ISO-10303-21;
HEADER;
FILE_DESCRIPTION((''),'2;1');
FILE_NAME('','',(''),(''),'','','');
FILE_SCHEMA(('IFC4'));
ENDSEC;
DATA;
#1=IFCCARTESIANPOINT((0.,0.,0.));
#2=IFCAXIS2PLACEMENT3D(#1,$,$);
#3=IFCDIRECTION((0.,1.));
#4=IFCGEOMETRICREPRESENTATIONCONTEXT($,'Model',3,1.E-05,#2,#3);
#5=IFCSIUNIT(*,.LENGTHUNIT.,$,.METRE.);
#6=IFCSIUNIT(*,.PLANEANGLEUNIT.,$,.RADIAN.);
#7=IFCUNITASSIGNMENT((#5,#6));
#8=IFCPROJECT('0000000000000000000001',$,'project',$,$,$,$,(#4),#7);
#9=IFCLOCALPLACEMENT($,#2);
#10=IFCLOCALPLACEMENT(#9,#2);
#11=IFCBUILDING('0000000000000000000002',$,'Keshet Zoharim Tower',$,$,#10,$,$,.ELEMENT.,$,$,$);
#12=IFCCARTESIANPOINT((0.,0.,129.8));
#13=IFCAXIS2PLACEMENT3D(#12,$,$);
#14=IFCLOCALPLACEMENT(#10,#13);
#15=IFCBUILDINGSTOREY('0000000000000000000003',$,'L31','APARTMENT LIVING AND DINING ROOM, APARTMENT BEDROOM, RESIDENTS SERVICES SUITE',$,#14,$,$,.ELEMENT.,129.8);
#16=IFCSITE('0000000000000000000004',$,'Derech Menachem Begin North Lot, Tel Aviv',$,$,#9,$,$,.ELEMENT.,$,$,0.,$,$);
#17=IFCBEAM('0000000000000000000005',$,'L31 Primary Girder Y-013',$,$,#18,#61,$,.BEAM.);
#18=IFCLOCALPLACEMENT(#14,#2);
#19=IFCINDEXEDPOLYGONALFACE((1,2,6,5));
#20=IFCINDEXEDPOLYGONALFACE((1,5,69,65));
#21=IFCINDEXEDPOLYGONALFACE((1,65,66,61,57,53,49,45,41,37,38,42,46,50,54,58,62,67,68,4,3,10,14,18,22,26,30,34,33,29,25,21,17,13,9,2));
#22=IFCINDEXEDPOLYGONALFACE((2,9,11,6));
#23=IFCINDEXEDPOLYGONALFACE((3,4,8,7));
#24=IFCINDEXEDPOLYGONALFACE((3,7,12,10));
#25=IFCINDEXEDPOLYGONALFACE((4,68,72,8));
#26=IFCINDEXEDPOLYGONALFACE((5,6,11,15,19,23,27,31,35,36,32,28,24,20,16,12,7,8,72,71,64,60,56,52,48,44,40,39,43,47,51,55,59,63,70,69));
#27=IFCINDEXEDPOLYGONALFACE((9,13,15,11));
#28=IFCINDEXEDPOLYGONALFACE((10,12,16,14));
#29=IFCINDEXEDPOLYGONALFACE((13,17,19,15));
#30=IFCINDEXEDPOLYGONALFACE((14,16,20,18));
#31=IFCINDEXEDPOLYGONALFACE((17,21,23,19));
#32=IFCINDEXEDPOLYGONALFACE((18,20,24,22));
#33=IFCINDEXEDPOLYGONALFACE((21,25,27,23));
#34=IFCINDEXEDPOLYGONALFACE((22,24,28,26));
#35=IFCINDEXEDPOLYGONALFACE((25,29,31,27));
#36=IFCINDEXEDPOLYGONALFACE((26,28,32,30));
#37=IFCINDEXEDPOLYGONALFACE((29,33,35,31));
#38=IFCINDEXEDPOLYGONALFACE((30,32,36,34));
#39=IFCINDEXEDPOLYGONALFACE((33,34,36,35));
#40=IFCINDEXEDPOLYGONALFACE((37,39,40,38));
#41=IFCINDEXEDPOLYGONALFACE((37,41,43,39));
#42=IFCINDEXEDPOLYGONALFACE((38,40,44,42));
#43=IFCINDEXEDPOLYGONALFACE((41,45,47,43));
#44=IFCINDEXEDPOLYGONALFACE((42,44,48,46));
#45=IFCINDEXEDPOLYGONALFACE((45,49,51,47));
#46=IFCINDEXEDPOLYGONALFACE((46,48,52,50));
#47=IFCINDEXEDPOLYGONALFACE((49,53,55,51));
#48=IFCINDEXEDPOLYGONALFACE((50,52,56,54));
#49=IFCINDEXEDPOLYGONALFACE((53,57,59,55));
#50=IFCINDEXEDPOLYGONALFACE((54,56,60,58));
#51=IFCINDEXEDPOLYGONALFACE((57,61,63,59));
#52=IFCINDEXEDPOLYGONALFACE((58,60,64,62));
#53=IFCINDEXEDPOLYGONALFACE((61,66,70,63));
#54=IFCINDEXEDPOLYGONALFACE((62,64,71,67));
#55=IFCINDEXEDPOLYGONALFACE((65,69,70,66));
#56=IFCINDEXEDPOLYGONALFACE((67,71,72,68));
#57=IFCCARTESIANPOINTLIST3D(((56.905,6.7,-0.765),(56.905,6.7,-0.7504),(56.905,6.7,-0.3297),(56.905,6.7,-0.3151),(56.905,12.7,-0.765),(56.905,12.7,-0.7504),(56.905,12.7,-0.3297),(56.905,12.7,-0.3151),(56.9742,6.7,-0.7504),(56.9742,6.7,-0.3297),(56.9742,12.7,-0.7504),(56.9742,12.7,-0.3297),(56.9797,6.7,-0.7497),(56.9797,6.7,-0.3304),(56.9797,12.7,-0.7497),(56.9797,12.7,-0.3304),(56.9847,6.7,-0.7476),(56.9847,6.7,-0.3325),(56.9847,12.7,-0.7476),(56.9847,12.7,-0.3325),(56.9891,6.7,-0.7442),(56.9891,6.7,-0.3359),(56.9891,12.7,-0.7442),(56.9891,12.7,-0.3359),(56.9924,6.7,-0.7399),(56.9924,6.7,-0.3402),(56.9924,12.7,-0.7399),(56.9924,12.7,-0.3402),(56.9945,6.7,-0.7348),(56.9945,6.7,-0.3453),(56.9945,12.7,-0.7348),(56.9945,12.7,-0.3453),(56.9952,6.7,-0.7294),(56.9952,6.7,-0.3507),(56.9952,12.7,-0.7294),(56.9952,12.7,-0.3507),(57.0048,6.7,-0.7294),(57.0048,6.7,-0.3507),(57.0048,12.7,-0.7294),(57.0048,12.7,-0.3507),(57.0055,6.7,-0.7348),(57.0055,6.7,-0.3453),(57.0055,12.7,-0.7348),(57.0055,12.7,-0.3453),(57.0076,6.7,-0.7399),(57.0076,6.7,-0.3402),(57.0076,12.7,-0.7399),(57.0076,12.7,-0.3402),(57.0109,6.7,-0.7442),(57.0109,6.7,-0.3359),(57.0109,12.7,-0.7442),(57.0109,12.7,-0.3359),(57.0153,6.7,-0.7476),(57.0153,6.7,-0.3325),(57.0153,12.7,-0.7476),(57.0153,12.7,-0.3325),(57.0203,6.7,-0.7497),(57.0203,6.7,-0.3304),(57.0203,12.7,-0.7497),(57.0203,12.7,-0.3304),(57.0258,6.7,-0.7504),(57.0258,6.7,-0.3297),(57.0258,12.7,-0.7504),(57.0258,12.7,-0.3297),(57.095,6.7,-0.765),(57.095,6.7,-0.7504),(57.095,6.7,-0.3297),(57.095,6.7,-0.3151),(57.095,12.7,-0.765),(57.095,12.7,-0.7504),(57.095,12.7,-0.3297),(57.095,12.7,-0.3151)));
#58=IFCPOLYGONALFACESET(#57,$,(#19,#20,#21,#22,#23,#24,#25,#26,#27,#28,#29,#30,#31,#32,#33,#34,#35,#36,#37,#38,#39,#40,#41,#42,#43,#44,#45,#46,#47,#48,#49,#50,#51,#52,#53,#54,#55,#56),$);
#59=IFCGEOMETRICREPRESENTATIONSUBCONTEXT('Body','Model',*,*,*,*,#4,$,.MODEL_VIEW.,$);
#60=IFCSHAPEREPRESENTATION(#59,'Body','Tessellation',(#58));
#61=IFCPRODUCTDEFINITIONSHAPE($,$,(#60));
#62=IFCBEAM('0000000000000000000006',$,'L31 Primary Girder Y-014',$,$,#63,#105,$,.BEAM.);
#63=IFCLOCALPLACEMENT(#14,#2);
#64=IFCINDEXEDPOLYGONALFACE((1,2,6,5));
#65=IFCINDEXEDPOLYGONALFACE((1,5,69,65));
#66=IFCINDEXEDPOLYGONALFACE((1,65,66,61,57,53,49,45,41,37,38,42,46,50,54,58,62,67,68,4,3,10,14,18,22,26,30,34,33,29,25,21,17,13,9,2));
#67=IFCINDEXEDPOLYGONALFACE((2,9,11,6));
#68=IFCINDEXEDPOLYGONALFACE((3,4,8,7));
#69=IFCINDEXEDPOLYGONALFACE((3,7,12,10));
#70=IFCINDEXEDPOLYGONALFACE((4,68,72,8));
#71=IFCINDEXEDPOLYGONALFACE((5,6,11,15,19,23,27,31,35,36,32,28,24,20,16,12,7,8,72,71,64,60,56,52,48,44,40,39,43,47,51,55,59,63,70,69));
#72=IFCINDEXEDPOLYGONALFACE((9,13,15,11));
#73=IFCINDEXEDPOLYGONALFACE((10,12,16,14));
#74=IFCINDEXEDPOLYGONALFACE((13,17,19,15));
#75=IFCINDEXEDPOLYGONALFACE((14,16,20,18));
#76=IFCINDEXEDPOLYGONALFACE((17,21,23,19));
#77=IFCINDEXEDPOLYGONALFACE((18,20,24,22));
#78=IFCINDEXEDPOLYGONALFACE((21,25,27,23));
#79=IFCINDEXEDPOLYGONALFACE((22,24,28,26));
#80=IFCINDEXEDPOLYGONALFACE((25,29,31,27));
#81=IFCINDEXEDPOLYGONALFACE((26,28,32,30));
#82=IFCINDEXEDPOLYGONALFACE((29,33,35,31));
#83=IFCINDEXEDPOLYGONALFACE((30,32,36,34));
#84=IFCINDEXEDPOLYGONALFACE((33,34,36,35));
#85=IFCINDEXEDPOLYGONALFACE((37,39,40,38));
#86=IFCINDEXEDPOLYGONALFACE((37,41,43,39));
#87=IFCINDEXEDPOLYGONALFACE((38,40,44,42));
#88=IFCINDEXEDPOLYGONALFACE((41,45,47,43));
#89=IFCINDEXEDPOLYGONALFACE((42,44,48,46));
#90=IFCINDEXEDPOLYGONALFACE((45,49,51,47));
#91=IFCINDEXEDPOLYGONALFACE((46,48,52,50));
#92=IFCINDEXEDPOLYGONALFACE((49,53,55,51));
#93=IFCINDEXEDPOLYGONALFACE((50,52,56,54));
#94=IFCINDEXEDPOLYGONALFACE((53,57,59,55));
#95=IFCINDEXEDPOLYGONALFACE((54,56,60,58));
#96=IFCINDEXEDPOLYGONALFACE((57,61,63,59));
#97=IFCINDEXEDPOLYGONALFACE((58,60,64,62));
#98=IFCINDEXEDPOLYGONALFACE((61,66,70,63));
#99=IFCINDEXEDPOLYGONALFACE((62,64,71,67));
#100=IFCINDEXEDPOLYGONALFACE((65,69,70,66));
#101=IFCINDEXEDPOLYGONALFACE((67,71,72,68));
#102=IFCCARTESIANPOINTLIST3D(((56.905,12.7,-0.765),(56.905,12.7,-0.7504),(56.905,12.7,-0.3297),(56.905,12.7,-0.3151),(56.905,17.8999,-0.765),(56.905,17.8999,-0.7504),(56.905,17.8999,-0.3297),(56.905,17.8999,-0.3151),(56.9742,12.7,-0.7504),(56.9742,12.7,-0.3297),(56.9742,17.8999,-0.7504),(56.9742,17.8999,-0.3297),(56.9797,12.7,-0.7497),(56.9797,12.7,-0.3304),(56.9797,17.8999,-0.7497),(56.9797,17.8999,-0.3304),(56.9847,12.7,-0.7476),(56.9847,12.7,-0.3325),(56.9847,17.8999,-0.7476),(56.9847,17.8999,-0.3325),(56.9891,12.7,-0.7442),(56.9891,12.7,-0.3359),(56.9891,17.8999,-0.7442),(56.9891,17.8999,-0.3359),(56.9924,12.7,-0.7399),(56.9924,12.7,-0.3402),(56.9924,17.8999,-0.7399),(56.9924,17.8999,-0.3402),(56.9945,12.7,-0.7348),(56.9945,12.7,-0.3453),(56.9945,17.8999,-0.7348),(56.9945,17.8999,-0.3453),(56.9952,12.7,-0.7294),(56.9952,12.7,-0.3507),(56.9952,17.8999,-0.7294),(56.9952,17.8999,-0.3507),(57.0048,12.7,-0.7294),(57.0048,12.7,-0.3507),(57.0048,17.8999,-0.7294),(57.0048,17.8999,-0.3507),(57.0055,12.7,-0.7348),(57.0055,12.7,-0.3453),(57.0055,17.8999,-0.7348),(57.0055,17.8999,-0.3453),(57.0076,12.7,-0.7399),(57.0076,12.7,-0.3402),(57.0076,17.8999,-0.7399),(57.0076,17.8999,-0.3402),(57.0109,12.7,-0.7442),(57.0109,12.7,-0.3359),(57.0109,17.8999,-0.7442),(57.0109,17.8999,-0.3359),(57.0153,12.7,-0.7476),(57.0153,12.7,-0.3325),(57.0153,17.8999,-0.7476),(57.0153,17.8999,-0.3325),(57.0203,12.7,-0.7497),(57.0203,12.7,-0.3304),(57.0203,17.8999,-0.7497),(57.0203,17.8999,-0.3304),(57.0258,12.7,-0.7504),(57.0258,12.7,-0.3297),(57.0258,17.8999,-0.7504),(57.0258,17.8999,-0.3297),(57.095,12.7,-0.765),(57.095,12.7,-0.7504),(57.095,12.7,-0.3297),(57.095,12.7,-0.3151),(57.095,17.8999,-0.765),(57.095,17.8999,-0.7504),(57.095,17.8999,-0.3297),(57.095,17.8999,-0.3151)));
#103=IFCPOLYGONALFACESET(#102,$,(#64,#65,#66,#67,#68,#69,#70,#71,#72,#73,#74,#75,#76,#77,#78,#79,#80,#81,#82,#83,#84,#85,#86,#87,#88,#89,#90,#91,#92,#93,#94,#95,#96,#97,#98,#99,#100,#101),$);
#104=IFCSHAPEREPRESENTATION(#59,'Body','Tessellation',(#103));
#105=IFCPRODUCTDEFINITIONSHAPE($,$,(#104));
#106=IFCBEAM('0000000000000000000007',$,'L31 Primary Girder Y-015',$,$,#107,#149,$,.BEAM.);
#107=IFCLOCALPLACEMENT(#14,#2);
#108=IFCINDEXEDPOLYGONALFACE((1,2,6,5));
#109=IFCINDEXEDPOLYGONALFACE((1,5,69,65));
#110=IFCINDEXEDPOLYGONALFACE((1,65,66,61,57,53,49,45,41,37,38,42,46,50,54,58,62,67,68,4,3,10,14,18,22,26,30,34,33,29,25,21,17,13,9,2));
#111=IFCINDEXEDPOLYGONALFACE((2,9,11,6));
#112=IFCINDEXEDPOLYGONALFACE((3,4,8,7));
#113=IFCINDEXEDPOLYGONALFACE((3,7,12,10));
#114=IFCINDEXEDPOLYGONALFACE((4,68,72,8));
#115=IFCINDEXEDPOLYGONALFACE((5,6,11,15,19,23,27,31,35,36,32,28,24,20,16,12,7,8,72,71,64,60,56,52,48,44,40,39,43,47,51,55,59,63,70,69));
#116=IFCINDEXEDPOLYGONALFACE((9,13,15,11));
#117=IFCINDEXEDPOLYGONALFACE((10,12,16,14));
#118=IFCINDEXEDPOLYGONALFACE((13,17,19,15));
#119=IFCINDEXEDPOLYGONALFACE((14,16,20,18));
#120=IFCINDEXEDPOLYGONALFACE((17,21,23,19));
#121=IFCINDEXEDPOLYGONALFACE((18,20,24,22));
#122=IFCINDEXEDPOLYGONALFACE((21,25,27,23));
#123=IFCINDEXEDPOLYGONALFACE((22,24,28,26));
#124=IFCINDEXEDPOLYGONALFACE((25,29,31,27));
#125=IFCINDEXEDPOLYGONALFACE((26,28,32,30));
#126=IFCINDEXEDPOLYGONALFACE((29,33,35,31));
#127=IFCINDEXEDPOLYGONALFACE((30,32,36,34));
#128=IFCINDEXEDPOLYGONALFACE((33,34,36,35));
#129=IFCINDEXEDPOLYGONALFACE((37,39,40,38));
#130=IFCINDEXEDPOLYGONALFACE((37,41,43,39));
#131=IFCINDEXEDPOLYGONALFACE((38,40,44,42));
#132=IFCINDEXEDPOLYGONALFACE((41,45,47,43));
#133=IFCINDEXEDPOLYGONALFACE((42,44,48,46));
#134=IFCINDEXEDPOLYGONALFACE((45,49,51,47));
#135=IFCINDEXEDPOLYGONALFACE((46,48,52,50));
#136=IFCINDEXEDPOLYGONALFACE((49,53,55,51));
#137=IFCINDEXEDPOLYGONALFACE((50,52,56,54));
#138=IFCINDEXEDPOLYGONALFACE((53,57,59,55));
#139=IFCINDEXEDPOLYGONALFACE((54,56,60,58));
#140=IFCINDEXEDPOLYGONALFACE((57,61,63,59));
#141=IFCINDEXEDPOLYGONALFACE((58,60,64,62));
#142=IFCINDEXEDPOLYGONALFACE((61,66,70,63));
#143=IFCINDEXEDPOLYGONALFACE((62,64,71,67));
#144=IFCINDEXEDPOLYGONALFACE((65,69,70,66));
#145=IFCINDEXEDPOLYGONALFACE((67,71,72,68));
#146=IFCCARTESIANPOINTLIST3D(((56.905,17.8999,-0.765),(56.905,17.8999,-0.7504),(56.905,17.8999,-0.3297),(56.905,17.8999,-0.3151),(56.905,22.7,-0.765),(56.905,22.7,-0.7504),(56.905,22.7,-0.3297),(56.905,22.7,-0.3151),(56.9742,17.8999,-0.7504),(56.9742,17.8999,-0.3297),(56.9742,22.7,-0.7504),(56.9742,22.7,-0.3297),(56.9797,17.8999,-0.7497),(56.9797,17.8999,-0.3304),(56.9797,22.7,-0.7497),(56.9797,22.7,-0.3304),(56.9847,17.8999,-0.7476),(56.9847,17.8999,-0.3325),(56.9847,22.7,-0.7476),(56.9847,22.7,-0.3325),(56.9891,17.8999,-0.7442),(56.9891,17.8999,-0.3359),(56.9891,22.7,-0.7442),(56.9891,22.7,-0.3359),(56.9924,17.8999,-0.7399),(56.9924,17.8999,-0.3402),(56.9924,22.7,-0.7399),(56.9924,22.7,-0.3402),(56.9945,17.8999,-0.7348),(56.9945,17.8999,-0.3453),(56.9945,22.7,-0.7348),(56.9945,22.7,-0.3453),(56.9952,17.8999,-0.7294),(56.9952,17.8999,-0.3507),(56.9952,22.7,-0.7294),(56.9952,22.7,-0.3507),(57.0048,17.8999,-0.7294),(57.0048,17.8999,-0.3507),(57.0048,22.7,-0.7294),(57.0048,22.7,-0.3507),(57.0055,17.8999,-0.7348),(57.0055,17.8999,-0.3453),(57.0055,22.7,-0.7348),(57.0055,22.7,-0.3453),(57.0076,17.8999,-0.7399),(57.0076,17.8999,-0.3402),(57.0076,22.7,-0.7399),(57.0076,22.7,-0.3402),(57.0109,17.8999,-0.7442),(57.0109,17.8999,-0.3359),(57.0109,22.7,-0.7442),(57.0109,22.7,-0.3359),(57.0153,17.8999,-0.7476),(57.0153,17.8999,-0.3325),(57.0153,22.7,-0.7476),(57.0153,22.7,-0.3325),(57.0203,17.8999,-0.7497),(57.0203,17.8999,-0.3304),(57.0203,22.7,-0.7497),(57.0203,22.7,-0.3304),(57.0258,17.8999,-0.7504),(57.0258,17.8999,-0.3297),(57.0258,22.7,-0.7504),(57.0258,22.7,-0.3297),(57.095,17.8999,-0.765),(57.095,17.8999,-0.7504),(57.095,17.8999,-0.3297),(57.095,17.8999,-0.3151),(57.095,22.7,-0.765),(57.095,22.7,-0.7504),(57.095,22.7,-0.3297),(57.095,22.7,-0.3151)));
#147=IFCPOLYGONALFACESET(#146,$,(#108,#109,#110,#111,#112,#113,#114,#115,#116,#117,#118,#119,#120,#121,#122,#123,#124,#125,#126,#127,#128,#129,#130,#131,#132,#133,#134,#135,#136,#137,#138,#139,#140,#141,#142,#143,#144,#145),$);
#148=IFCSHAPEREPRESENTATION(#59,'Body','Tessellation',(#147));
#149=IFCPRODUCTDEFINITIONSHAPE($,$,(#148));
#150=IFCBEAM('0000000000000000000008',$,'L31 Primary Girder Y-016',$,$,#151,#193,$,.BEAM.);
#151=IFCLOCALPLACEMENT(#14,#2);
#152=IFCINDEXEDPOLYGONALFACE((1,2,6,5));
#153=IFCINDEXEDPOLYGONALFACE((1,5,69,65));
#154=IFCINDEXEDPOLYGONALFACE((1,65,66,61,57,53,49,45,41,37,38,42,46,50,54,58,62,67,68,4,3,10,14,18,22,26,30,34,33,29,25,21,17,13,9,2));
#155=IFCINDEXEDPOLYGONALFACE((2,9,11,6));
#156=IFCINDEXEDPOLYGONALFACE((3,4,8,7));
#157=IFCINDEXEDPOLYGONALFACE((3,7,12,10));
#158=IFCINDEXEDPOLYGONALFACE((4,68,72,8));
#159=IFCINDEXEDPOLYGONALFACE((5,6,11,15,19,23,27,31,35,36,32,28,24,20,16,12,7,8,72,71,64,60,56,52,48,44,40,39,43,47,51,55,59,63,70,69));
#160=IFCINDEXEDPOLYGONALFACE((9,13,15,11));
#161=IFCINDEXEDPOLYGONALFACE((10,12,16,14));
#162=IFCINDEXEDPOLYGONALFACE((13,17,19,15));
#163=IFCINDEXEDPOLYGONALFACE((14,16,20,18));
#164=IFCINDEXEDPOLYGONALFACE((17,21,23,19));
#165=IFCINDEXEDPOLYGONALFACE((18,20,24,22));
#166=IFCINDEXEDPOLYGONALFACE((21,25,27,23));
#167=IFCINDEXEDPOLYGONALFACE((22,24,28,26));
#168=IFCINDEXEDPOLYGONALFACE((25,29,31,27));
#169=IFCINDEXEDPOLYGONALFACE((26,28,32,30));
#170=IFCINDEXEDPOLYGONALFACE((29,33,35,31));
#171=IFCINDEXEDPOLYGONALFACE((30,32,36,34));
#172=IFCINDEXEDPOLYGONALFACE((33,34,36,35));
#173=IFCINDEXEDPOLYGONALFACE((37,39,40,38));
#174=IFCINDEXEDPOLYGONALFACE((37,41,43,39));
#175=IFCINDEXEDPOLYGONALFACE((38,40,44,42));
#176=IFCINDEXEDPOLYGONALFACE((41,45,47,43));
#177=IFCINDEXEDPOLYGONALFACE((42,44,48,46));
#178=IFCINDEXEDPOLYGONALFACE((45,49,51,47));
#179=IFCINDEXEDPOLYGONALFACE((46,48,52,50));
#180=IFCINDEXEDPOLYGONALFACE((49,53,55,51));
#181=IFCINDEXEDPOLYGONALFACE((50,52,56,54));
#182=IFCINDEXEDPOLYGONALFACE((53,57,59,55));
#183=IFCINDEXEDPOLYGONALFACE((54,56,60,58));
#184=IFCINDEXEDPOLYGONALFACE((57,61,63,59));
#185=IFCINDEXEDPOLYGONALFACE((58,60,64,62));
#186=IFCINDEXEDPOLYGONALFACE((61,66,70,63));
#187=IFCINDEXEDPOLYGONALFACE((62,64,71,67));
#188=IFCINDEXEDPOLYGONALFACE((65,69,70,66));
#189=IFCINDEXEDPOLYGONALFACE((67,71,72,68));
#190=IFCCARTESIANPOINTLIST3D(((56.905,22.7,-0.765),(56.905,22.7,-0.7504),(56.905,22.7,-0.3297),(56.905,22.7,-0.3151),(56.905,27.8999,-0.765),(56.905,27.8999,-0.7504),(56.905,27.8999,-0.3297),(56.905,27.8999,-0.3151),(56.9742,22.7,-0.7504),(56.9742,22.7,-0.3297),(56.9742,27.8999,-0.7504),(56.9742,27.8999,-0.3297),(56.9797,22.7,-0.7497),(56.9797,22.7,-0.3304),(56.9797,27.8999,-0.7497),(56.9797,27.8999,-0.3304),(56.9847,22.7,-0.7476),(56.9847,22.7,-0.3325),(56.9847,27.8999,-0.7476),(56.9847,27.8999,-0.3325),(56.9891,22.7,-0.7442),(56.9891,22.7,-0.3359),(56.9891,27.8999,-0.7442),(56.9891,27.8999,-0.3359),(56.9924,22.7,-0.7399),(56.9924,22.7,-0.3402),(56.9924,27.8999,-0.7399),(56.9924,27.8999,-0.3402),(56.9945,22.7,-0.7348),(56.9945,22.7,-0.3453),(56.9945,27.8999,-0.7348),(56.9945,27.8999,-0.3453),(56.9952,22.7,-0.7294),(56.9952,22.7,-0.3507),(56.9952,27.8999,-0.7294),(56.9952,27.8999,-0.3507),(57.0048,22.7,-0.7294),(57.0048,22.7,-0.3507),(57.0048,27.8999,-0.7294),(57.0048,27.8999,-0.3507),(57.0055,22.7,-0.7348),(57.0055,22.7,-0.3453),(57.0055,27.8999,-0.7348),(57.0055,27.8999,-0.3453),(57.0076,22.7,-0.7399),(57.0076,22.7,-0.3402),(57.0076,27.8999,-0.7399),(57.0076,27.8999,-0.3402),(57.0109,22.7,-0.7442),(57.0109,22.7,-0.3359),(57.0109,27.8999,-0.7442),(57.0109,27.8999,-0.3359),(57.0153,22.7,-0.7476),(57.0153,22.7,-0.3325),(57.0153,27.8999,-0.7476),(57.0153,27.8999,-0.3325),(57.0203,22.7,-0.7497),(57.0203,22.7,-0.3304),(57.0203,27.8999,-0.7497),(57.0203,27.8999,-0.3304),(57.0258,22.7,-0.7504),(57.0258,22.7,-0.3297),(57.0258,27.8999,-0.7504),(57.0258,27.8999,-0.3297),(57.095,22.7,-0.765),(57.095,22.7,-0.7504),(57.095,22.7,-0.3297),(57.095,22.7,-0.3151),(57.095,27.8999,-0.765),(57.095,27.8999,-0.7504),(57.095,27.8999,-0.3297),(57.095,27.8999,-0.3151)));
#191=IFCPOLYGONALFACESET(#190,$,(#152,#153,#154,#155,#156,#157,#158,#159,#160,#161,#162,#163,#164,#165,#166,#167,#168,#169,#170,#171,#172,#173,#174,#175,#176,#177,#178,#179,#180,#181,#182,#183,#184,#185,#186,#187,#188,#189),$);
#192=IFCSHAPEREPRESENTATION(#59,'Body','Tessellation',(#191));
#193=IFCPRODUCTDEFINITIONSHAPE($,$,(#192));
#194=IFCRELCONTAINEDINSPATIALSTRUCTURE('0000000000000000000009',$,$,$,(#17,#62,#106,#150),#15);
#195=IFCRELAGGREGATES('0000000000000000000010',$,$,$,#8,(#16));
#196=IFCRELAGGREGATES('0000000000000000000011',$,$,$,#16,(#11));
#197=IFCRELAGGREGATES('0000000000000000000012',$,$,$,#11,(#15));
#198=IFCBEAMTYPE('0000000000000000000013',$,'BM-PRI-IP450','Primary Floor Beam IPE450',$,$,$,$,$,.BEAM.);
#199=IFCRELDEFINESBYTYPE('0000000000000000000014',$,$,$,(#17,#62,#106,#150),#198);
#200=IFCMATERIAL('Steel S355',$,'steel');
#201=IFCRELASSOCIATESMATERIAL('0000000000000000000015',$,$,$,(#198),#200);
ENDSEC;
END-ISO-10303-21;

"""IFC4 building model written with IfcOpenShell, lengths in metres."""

from ifc_helpers import new_model, si_unit, direction, frame, origin, origin_2d, place, context, subcontext, project, spatial, i_section, extrude, material, material_profile, profile_set, type_object, element, save


model = new_model("IFC4")

# Units and contexts
model_context = context("Model", 3, precision=1e-05, world=origin(), true_north=direction((0.0, 1.0)))
body_context = subcontext(model_context, "Body", "Model", "MODEL_VIEW")
ifc_project = project(units=[si_unit("LENGTHUNIT", "METRE"), si_unit("PLANEANGLEUNIT", "RADIAN")], contexts=[model_context])

# Site, building, storey
site_placement = place(None, origin())
site = spatial("IfcSite", under=ifc_project, at=site_placement, Name="Derech Menachem Begin North Lot, Tel Aviv", CompositionType="ELEMENT", RefElevation=0.0)
building_placement = place(site_placement, origin())
building = spatial("IfcBuilding", under=site, at=building_placement, Name="Keshet Zoharim Tower", CompositionType="ELEMENT")
storey_placement = place(building_placement, frame((0.0, 0.0, 129.8)))
storey = spatial("IfcBuildingStorey", under=building, at=storey_placement, Name="L31", Description="APARTMENT LIVING AND DINING ROOM, APARTMENT BEDROOM, RESIDENTS SERVICES SUITE", CompositionType="ELEMENT", Elevation=129.8)

# Shared definitions
ifc_material_1 = material(Name="Steel S355", Category="steel")

# Beams
ifc_material_profile_1 = material_profile(ifc_material_1, i_section(OverallWidth=0.1899, OverallDepth=0.45, WebThickness=0.0095, FlangeThickness=0.0146, FilletRadius=0.021, at=origin_2d()), Name="IPE450")
ifc_profile_set_1 = profile_set([ifc_material_profile_1], Name="Steel S355")
beam_type = type_object("IfcBeamType", Name="BM-PRI-IP450", Description="Primary Floor Beam IPE450", PredefinedType="BEAM", material=ifc_profile_set_1)
beam_1_placement = place(storey_placement, frame((57.0, 6.7, -0.54), z_axis=(0.0, 1.0, 0.0), x_axis=(-1.0, 0.0, 0.0)))
element("IfcBeam", 1, at=beam_1_placement, inside=storey, type_object=beam_type, Name="L31 Primary Girder Y-013", PredefinedType="BEAM", context=body_context, shape_type="SweptSolid", body=[
    extrude(i_section(OverallWidth=0.1899, OverallDepth=0.45, WebThickness=0.0095, FlangeThickness=0.0146, FilletRadius=0.021, at=origin_2d()), origin(), (0.0, 0.0, 1.0), 6.0),
])
beam_2_placement = place(storey_placement, frame((57.0, 12.7, -0.54), z_axis=(0.0, 1.0, 0.0), x_axis=(-1.0, 0.0, 0.0)))
element("IfcBeam", 2, at=beam_2_placement, inside=storey, type_object=beam_type, Name="L31 Primary Girder Y-014", PredefinedType="BEAM", context=body_context, shape_type="SweptSolid", body=[
    extrude(i_section(OverallWidth=0.1899, OverallDepth=0.45, WebThickness=0.0095, FlangeThickness=0.0146, FilletRadius=0.021, at=origin_2d()), origin(), (0.0, 0.0, 1.0), 5.2),
])
beam_3_placement = place(storey_placement, frame((57.0, 17.8999, -0.54), z_axis=(0.0, 1.0, 0.0), x_axis=(-1.0, 0.0, 0.0)))
element("IfcBeam", 3, at=beam_3_placement, inside=storey, type_object=beam_type, Name="L31 Primary Girder Y-015", PredefinedType="BEAM", context=body_context, shape_type="SweptSolid", body=[
    extrude(i_section(OverallWidth=0.1899, OverallDepth=0.45, WebThickness=0.0095, FlangeThickness=0.0146, FilletRadius=0.021, at=origin_2d()), origin(), (0.0, 0.0, 1.0), 4.8),
])
beam_4_placement = place(storey_placement, frame((57.0, 22.7, -0.54), z_axis=(0.0, 1.0, 0.0), x_axis=(-1.0, 0.0, 0.0)))
element("IfcBeam", 4, at=beam_4_placement, inside=storey, type_object=beam_type, Name="L31 Primary Girder Y-016", PredefinedType="BEAM", context=body_context, shape_type="SweptSolid", body=[
    extrude(i_section(OverallWidth=0.1899, OverallDepth=0.45, WebThickness=0.0095, FlangeThickness=0.0146, FilletRadius=0.021, at=origin_2d()), origin(), (0.0, 0.0, 1.0), 5.2),
])

save(model, "model.ifc")
